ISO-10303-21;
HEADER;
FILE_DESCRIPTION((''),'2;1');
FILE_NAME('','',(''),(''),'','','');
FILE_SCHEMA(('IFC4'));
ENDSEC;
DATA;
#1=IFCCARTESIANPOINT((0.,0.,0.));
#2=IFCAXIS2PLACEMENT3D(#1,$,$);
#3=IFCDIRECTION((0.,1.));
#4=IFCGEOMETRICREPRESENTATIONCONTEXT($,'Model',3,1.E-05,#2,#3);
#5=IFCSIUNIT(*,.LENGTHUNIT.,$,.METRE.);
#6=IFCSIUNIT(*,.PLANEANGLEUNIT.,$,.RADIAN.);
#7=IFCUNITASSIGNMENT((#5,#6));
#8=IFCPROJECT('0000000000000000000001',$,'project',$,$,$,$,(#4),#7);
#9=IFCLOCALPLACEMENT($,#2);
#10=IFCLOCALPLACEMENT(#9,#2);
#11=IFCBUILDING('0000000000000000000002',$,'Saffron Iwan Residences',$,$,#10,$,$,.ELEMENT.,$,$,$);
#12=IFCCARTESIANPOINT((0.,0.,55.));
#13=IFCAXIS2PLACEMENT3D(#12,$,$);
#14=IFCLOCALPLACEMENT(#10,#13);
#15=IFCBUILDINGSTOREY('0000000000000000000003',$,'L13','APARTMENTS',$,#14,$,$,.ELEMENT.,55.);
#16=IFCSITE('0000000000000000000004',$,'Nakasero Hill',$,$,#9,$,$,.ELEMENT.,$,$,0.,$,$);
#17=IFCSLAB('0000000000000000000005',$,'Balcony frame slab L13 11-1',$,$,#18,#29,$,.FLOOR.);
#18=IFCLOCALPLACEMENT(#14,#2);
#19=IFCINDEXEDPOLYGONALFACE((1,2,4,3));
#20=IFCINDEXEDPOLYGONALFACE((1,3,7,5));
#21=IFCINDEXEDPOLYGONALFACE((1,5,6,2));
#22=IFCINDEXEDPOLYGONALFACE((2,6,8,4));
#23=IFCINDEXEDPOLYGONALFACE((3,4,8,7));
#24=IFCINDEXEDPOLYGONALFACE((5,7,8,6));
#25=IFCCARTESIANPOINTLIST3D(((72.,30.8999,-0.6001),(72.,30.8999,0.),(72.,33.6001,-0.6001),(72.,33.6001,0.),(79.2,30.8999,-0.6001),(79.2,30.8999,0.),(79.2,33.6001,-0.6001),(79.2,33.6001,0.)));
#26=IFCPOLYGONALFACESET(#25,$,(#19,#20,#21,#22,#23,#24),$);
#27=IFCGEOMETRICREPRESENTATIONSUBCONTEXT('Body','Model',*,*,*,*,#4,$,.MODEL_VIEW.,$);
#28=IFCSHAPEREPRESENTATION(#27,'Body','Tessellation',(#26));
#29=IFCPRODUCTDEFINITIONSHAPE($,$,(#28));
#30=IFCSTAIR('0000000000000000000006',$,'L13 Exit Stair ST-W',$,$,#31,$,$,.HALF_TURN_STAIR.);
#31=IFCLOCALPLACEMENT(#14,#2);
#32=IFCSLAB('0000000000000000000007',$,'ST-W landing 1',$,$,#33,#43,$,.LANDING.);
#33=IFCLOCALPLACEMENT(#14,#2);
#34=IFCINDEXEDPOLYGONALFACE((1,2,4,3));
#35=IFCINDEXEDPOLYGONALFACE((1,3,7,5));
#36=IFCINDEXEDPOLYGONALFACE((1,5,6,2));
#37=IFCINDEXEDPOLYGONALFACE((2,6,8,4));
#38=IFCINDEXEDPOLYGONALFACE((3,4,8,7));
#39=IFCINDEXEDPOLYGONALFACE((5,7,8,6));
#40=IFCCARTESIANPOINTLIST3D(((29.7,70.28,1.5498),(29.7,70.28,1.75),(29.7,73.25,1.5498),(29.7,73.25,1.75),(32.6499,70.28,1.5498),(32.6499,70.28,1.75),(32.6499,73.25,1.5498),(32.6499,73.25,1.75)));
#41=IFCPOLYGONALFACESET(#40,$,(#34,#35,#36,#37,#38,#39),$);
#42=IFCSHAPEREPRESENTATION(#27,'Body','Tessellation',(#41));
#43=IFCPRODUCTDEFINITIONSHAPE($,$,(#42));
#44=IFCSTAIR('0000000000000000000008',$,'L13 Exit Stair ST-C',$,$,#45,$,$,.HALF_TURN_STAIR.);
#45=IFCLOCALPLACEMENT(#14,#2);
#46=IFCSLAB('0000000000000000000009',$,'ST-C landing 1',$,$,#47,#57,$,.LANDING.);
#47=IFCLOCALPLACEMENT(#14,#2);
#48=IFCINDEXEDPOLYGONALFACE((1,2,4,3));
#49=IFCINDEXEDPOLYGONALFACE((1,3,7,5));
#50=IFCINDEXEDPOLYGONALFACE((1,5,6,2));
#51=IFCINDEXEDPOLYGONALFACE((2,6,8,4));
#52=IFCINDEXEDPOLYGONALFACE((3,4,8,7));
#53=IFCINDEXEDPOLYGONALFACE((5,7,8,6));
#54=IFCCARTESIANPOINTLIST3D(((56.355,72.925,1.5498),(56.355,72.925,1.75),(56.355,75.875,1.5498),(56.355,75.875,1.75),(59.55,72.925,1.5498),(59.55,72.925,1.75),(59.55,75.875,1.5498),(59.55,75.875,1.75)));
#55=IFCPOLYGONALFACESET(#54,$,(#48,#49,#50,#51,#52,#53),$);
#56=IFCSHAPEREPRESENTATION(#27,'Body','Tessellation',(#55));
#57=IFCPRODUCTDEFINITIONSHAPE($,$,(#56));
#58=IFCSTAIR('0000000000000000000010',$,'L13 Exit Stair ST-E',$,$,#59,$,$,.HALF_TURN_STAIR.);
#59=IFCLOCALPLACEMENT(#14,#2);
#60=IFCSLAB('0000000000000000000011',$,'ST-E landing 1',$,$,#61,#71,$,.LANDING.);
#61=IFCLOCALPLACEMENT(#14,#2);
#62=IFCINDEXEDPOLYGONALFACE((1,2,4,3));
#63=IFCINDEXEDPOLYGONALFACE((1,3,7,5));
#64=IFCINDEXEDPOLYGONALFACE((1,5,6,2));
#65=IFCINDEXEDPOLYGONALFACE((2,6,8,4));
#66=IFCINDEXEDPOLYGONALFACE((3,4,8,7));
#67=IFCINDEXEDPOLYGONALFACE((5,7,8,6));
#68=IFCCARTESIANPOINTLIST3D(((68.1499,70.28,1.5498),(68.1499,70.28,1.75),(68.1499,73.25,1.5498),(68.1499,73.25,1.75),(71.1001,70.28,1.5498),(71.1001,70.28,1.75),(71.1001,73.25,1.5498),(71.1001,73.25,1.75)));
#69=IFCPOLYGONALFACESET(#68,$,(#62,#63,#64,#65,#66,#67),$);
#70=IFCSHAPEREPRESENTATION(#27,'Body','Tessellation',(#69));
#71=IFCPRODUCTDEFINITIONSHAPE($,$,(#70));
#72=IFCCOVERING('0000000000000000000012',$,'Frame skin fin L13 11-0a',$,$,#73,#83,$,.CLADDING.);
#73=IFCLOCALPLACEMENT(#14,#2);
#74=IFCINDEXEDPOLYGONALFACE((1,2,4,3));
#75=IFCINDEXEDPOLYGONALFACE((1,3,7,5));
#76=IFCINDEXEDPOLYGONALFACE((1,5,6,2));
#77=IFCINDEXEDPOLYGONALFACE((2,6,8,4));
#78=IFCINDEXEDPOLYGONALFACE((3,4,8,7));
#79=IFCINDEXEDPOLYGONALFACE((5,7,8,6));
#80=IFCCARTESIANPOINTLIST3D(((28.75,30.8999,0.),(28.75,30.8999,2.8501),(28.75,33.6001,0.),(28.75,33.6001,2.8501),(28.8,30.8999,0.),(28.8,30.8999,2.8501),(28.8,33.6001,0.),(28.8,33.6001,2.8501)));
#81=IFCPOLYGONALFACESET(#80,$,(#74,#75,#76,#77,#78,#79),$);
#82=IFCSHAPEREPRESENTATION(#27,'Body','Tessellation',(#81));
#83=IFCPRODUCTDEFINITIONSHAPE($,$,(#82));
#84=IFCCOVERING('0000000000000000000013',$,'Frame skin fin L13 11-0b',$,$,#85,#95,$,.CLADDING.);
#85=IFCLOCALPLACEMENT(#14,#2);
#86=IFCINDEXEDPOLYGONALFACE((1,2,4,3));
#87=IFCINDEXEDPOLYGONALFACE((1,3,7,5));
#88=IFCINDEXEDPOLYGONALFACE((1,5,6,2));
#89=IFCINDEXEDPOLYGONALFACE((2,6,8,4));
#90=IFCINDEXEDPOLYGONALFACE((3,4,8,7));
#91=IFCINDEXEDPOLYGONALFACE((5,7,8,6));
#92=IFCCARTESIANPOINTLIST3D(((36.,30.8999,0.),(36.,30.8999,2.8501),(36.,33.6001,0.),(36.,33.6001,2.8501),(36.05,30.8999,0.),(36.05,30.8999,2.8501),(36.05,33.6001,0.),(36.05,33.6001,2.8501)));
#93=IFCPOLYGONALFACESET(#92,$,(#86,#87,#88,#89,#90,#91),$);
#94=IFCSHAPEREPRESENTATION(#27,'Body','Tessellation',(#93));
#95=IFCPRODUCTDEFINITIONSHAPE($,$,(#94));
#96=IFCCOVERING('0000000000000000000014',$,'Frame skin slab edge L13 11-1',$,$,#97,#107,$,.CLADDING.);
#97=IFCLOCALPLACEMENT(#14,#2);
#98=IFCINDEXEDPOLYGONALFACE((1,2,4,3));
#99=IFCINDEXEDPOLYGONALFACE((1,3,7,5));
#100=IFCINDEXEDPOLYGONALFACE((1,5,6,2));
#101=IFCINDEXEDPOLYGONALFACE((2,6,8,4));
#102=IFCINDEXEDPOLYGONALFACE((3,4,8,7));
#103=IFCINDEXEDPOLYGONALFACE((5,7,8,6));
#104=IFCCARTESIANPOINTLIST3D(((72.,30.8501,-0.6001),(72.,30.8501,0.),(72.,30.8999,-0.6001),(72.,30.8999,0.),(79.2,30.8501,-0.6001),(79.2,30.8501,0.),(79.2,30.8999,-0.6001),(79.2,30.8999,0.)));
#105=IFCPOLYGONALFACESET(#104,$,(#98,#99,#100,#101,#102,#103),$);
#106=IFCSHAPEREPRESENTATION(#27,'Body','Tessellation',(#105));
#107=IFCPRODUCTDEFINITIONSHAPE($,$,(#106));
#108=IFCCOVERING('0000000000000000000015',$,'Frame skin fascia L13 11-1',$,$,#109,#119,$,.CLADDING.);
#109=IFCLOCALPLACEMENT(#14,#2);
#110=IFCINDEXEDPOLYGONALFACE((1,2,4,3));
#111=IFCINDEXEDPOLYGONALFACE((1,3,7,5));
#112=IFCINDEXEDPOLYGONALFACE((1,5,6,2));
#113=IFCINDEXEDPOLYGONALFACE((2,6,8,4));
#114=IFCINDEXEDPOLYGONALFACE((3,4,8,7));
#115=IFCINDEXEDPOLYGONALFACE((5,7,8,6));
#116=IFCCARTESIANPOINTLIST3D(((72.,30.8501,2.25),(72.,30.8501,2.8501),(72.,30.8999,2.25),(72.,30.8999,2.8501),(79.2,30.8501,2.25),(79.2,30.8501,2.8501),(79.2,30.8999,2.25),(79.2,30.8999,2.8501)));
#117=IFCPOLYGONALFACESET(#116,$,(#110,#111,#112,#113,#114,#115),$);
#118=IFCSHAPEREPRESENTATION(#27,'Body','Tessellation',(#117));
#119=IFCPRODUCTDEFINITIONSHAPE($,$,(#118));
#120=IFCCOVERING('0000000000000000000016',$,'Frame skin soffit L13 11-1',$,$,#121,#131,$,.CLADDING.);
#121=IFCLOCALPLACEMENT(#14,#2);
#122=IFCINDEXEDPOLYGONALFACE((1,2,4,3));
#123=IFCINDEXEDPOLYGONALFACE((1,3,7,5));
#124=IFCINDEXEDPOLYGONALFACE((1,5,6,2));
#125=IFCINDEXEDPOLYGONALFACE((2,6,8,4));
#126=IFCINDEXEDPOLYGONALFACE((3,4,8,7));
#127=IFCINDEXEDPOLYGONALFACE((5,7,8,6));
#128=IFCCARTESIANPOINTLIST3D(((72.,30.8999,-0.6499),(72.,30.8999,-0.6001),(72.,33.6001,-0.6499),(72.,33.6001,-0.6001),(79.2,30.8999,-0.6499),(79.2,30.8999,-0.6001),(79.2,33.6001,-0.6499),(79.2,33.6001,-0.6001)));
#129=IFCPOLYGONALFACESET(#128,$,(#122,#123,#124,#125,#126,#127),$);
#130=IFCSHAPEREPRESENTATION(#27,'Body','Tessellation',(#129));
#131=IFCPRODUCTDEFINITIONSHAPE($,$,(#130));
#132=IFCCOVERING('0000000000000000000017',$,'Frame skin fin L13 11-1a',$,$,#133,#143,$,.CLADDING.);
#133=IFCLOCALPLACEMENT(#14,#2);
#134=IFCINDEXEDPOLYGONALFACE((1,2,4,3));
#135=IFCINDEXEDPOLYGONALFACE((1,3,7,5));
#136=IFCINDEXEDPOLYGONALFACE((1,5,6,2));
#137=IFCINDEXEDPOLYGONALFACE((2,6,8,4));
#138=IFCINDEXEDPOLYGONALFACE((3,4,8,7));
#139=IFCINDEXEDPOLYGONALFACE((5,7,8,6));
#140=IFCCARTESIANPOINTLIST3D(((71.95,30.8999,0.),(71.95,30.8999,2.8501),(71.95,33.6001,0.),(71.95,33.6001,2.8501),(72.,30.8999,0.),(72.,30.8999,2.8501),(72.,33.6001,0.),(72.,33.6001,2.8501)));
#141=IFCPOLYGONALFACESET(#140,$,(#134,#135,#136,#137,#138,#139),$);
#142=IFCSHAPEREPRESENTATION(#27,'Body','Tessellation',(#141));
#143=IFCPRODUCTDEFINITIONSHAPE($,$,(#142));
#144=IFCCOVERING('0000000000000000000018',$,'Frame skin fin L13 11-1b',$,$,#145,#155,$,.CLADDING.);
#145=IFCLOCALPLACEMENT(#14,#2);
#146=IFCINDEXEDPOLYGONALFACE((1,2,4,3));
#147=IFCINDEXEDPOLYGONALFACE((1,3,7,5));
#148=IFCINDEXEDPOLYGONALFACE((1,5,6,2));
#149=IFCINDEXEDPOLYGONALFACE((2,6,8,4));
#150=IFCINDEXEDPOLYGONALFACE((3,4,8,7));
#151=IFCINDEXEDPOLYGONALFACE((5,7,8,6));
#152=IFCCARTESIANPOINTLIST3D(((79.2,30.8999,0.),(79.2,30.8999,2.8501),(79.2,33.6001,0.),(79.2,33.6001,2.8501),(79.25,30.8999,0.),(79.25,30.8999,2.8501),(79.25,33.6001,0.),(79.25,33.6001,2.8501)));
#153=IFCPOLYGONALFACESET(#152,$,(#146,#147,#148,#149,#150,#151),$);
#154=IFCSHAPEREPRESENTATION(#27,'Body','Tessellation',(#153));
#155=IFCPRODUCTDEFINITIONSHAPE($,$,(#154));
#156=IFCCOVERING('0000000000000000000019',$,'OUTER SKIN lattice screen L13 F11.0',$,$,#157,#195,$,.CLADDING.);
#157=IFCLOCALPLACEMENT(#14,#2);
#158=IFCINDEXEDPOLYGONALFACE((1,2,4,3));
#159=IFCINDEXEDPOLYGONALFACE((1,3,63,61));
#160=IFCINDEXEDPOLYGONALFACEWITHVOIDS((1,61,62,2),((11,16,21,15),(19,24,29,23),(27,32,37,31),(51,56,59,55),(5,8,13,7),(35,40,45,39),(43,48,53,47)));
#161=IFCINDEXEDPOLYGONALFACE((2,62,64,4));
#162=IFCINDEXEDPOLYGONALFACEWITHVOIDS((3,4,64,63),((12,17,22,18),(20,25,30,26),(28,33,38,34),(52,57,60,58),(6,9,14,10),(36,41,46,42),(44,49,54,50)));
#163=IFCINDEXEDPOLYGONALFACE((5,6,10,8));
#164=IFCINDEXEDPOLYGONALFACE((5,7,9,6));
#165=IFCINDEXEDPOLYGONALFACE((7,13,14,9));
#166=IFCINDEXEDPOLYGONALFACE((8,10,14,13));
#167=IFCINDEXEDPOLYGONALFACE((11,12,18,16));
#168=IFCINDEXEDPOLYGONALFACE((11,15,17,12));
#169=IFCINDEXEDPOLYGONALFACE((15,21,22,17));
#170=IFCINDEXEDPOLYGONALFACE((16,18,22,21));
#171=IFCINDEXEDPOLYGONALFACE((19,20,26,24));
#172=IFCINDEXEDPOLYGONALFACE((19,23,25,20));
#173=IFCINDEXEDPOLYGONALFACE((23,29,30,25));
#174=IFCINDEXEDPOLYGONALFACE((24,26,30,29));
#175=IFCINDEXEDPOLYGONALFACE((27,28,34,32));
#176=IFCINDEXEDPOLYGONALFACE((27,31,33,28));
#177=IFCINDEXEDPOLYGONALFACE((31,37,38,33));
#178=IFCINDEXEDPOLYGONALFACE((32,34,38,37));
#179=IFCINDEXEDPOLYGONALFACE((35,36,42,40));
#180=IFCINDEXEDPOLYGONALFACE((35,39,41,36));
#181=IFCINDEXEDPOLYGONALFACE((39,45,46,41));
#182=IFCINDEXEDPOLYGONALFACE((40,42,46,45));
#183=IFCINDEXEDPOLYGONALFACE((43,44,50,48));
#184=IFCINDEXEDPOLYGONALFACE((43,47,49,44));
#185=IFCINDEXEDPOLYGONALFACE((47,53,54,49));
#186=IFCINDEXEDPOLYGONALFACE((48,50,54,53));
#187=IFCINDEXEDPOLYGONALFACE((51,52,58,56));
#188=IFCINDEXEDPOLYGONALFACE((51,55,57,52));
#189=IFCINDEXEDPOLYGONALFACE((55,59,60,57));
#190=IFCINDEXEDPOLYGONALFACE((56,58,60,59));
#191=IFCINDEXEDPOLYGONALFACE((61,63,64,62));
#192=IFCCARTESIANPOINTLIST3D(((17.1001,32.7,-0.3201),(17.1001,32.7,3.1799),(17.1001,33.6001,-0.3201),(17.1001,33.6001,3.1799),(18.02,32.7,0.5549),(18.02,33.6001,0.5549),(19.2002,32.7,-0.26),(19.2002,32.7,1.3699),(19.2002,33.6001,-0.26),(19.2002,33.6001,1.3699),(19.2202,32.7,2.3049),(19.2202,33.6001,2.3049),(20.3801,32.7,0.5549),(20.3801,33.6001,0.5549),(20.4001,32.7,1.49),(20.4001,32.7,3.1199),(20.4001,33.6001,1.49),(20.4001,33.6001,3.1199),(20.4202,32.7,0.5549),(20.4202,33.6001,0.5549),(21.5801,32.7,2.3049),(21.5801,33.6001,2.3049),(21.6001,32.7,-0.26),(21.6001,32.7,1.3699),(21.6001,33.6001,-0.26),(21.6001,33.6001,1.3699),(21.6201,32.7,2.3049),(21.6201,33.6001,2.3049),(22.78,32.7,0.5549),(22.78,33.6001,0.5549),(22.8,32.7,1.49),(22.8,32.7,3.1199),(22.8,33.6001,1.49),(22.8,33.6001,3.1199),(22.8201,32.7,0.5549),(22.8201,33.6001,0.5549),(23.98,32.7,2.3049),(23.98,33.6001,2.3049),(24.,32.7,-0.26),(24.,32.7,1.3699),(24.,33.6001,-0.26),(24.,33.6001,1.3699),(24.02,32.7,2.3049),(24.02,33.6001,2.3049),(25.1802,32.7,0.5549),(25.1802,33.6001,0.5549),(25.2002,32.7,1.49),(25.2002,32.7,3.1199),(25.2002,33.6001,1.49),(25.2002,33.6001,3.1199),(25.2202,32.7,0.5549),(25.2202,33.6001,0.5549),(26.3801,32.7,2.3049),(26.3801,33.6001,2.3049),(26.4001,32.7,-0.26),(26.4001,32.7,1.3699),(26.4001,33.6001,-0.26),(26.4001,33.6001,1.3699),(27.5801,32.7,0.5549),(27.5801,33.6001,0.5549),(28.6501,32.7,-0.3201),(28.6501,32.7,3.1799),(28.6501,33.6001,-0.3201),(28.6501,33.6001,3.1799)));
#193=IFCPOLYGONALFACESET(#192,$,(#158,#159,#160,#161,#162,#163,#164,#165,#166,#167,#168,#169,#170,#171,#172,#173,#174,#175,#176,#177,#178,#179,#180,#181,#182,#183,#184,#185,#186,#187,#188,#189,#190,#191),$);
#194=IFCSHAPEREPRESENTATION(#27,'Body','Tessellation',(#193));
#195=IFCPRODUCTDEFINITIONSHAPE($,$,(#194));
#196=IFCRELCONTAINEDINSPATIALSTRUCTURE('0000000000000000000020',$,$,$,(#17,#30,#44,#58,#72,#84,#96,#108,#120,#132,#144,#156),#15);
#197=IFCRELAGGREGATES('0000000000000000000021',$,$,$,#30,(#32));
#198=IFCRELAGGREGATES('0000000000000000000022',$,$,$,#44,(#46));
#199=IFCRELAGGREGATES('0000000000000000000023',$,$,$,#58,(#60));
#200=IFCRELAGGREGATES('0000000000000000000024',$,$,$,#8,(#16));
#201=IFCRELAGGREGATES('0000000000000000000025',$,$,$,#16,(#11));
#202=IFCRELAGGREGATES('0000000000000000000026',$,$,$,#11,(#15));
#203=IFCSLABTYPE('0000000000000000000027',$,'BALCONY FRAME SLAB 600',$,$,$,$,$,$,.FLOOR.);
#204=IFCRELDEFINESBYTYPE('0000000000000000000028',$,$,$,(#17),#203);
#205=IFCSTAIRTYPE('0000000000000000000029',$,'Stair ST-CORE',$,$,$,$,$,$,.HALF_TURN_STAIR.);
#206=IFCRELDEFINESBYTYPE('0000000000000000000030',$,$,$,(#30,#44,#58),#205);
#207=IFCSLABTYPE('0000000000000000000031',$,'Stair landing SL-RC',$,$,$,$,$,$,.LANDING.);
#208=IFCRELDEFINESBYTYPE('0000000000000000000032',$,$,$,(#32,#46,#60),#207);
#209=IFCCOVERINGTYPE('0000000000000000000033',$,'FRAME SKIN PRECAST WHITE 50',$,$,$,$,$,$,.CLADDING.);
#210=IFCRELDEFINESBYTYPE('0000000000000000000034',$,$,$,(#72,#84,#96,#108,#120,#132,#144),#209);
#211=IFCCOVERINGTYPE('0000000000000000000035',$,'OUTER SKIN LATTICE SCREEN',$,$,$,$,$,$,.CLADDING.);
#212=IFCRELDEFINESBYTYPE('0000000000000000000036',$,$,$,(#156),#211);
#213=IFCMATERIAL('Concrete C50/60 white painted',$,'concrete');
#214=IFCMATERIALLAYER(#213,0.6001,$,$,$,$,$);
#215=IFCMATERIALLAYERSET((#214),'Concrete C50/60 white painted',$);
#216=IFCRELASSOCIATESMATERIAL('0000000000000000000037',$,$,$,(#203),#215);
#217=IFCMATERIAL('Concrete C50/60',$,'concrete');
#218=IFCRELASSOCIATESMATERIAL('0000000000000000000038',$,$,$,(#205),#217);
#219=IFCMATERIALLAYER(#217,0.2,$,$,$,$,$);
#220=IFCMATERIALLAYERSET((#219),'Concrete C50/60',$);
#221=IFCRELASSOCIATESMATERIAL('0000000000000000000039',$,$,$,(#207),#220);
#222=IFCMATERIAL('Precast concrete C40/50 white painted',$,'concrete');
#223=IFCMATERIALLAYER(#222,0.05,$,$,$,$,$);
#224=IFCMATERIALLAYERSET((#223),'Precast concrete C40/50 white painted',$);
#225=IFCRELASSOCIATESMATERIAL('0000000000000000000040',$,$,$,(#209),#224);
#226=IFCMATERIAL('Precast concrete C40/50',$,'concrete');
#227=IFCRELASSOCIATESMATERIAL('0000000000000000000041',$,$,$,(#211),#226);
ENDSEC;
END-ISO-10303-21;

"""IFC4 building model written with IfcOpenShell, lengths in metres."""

from ifc_helpers import new_model, si_unit, direction, frame, origin, place, context, subcontext, project, spatial, polyline, outline, extrude, material, layer, layer_set, type_object, element, aggregate, save


model = new_model("IFC4")

# Units and contexts
model_context = context("Model", 3, precision=1e-05, world=origin(), true_north=direction((0.0, 1.0)))
body_context = subcontext(model_context, "Body", "Model", "MODEL_VIEW")
ifc_project = project(units=[si_unit("LENGTHUNIT", "METRE"), si_unit("PLANEANGLEUNIT", "RADIAN")], contexts=[model_context])

# Site, building, storey
site_placement = place(None, origin())
site = spatial("IfcSite", under=ifc_project, at=site_placement, Name="Nakasero Hill", CompositionType="ELEMENT", RefElevation=0.0)
building_placement = place(site_placement, origin())
building = spatial("IfcBuilding", under=site, at=building_placement, Name="Saffron Iwan Residences", CompositionType="ELEMENT")
storey_placement = place(building_placement, frame((0.0, 0.0, 55.0)))
storey = spatial("IfcBuildingStorey", under=building, at=storey_placement, Name="L13", Description="APARTMENTS", CompositionType="ELEMENT", Elevation=55.0)

# Slab
ifc_material_1 = material(Name="Concrete C50/60 white painted", Category="concrete")
ifc_layer_1 = layer(ifc_material_1, 0.6001)
ifc_layer_set_1 = layer_set([ifc_layer_1], Name="Concrete C50/60 white painted")
slab_type_1 = type_object("IfcSlabType", Name="BALCONY FRAME SLAB 600", PredefinedType="FLOOR", material=ifc_layer_set_1)
slab_1_placement = place(storey_placement, frame((0.0, 0.0, -0.6001)))
element("IfcSlab", 1, at=slab_1_placement, inside=storey, type_object=slab_type_1, Name="Balcony frame slab L13 11-1", PredefinedType="FLOOR", context=body_context, shape_type="SweptSolid", body=[
    extrude(outline(polyline([(72.0, 30.8999), (79.2, 30.8999), (79.2, 33.6001), (72.0, 33.6001), (72.0, 30.8999)])), origin(), (0.0, 0.0, 1.0), 0.6001),
])

# Stairs, slabs
ifc_material_2 = material(Name="Concrete C50/60", Category="concrete")
stair_type = type_object("IfcStairType", Name="Stair ST-CORE", PredefinedType="HALF_TURN_STAIR", material=ifc_material_2)
stair_1_placement = place(storey_placement, origin())
stair_1 = element("IfcStair", 2, at=stair_1_placement, inside=storey, type_object=stair_type, Name="L13 Exit Stair ST-W", PredefinedType="HALF_TURN_STAIR")
ifc_layer_2 = layer(ifc_material_2, 0.2)
ifc_layer_set_2 = layer_set([ifc_layer_2], Name="Concrete C50/60")
slab_type_2 = type_object("IfcSlabType", Name="Stair landing SL-RC", PredefinedType="LANDING", material=ifc_layer_set_2)
slab_2_placement = place(storey_placement, frame((0.0, 0.0, 1.5498)))
slab_2 = element("IfcSlab", 3, at=slab_2_placement, type_object=slab_type_2, Name="ST-W landing 1", PredefinedType="LANDING", context=body_context, shape_type="SweptSolid", body=[
    extrude(outline(polyline([(32.6499, 70.28), (32.6499, 73.25), (29.7, 73.25), (29.7, 70.28), (32.6499, 70.28)])), origin(), (0.0, 0.0, 1.0), 0.2002),
])
aggregate(stair_1, [slab_2])
stair_2_placement = place(storey_placement, origin())
stair_2 = element("IfcStair", 4, at=stair_2_placement, inside=storey, type_object=stair_type, Name="L13 Exit Stair ST-C", PredefinedType="HALF_TURN_STAIR")
slab_3_placement = place(storey_placement, frame((0.0, 0.0, 1.5498)))
slab_3 = element("IfcSlab", 5, at=slab_3_placement, type_object=slab_type_2, Name="ST-C landing 1", PredefinedType="LANDING", context=body_context, shape_type="SweptSolid", body=[
    extrude(outline(polyline([(56.355, 72.925), (59.55, 72.925), (59.55, 75.875), (56.355, 75.875), (56.355, 72.925)])), origin(), (0.0, 0.0, 1.0), 0.2002),
])
aggregate(stair_2, [slab_3])
stair_3_placement = place(storey_placement, origin())
stair_3 = element("IfcStair", 6, at=stair_3_placement, inside=storey, type_object=stair_type, Name="L13 Exit Stair ST-E", PredefinedType="HALF_TURN_STAIR")
slab_4_placement = place(storey_placement, frame((0.0, 0.0, 1.5498)))
slab_4 = element("IfcSlab", 7, at=slab_4_placement, type_object=slab_type_2, Name="ST-E landing 1", PredefinedType="LANDING", context=body_context, shape_type="SweptSolid", body=[
    extrude(outline(polyline([(71.1001, 70.28), (71.1001, 73.25), (68.1499, 73.25), (68.1499, 70.28), (71.1001, 70.28)])), origin(), (0.0, 0.0, 1.0), 0.2002),
])
aggregate(stair_3, [slab_4])

# Coverings
ifc_material_3 = material(Name="Precast concrete C40/50 white painted", Category="concrete")
ifc_layer_3 = layer(ifc_material_3, 0.05)
ifc_layer_set_3 = layer_set([ifc_layer_3], Name="Precast concrete C40/50 white painted")
covering_type_1 = type_object("IfcCoveringType", Name="FRAME SKIN PRECAST WHITE 50", PredefinedType="CLADDING", material=ifc_layer_set_3)
covering_1_placement = place(storey_placement, origin())
element("IfcCovering", 8, at=covering_1_placement, inside=storey, type_object=covering_type_1, Name="Frame skin fin L13 11-0a", PredefinedType="CLADDING", context=body_context, shape_type="SweptSolid", body=[
    extrude(outline(polyline([(28.75, 30.8999), (28.8, 30.8999), (28.8, 33.6001), (28.75, 33.6001), (28.75, 30.8999)])), origin(), (0.0, 0.0, 1.0), 2.8501),
])
covering_2_placement = place(storey_placement, origin())
element("IfcCovering", 9, at=covering_2_placement, inside=storey, type_object=covering_type_1, Name="Frame skin fin L13 11-0b", PredefinedType="CLADDING", context=body_context, shape_type="SweptSolid", body=[
    extrude(outline(polyline([(36.0, 30.8999), (36.05, 30.8999), (36.05, 33.6001), (36.0, 33.6001), (36.0, 30.8999)])), origin(), (0.0, 0.0, 1.0), 2.8501),
])
for number, where, name in (
    (10, (0.0, 0.0, -0.6001), "Frame skin slab edge L13 11-1"),
    (11, (0.0, 0.0, 2.25), "Frame skin fascia L13 11-1"),
):
    element("IfcCovering", number, at=place(storey_placement, frame(where)), inside=storey, type_object=covering_type_1, Name=name, PredefinedType="CLADDING", context=body_context, shape_type="SweptSolid", body=[
        extrude(outline(polyline([(72.0, 30.8501), (79.2, 30.8501), (79.2, 30.8999), (72.0, 30.8999), (72.0, 30.8501)])), origin(), (0.0, 0.0, 1.0), 0.6001),
    ])
covering_3_placement = place(storey_placement, frame((0.0, 0.0, -0.6499)))
element("IfcCovering", 12, at=covering_3_placement, inside=storey, type_object=covering_type_1, Name="Frame skin soffit L13 11-1", PredefinedType="CLADDING", context=body_context, shape_type="SweptSolid", body=[
    extrude(outline(polyline([(72.0, 30.8999), (79.2, 30.8999), (79.2, 33.6001), (72.0, 33.6001), (72.0, 30.8999)])), origin(), (0.0, 0.0, 1.0), 0.0498),
])
covering_4_placement = place(storey_placement, origin())
element("IfcCovering", 13, at=covering_4_placement, inside=storey, type_object=covering_type_1, Name="Frame skin fin L13 11-1a", PredefinedType="CLADDING", context=body_context, shape_type="SweptSolid", body=[
    extrude(outline(polyline([(71.95, 30.8999), (72.0, 30.8999), (72.0, 33.6001), (71.95, 33.6001), (71.95, 30.8999)])), origin(), (0.0, 0.0, 1.0), 2.8501),
])
covering_5_placement = place(storey_placement, origin())
element("IfcCovering", 14, at=covering_5_placement, inside=storey, type_object=covering_type_1, Name="Frame skin fin L13 11-1b", PredefinedType="CLADDING", context=body_context, shape_type="SweptSolid", body=[
    extrude(outline(polyline([(79.2, 30.8999), (79.25, 30.8999), (79.25, 33.6001), (79.2, 33.6001), (79.2, 30.8999)])), origin(), (0.0, 0.0, 1.0), 2.8501),
])
ifc_material_4 = material(Name="Precast concrete C40/50", Category="concrete")
covering_type_2 = type_object("IfcCoveringType", Name="OUTER SKIN LATTICE SCREEN", PredefinedType="CLADDING", material=ifc_material_4)
covering_6_placement = place(storey_placement, frame((17.1001, 33.6001, -0.3201), z_axis=(0.0, -1.0, 0.0), x_axis=(1.0, 0.0, 0.0)))
element("IfcCovering", 15, at=covering_6_placement, inside=storey, type_object=covering_type_2, Name="OUTER SKIN lattice screen L13 F11.0", PredefinedType="CLADDING", context=body_context, shape_type="SweptSolid", body=[
    extrude(outline(polyline([(0.0, 0.0), (11.55, 0.0), (11.55, 3.5), (0.0, 3.5), (0.0, 0.0)]), holes=[polyline([(0.9199, 0.875), (2.1001, 0.0601), (3.28, 0.875), (2.1001, 1.6899), (0.9199, 0.875)]), polyline([(3.3201, 0.875), (4.5, 0.0601), (5.6799, 0.875), (4.5, 1.6899), (3.3201, 0.875)]), polyline([(5.72, 0.875), (6.8999, 0.0601), (8.0801, 0.875), (6.8999, 1.6899), (5.72, 0.875)]), polyline([(8.1201, 0.875), (9.3, 0.0601), (10.48, 0.875), (9.3, 1.6899), (8.1201, 0.875)]), polyline([(2.1201, 2.625), (3.3, 1.8101), (4.48, 2.625), (3.3, 3.4399), (2.1201, 2.625)]), polyline([(4.52, 2.625), (5.7, 1.8101), (6.8799, 2.625), (5.7, 3.4399), (4.52, 2.625)]), polyline([(6.9199, 2.625), (8.1001, 1.8101), (9.28, 2.625), (8.1001, 3.4399), (6.9199, 2.625)])]), origin(), (0.0, 0.0, 1.0), 0.9001),
])

save(model, "model.ifc")
